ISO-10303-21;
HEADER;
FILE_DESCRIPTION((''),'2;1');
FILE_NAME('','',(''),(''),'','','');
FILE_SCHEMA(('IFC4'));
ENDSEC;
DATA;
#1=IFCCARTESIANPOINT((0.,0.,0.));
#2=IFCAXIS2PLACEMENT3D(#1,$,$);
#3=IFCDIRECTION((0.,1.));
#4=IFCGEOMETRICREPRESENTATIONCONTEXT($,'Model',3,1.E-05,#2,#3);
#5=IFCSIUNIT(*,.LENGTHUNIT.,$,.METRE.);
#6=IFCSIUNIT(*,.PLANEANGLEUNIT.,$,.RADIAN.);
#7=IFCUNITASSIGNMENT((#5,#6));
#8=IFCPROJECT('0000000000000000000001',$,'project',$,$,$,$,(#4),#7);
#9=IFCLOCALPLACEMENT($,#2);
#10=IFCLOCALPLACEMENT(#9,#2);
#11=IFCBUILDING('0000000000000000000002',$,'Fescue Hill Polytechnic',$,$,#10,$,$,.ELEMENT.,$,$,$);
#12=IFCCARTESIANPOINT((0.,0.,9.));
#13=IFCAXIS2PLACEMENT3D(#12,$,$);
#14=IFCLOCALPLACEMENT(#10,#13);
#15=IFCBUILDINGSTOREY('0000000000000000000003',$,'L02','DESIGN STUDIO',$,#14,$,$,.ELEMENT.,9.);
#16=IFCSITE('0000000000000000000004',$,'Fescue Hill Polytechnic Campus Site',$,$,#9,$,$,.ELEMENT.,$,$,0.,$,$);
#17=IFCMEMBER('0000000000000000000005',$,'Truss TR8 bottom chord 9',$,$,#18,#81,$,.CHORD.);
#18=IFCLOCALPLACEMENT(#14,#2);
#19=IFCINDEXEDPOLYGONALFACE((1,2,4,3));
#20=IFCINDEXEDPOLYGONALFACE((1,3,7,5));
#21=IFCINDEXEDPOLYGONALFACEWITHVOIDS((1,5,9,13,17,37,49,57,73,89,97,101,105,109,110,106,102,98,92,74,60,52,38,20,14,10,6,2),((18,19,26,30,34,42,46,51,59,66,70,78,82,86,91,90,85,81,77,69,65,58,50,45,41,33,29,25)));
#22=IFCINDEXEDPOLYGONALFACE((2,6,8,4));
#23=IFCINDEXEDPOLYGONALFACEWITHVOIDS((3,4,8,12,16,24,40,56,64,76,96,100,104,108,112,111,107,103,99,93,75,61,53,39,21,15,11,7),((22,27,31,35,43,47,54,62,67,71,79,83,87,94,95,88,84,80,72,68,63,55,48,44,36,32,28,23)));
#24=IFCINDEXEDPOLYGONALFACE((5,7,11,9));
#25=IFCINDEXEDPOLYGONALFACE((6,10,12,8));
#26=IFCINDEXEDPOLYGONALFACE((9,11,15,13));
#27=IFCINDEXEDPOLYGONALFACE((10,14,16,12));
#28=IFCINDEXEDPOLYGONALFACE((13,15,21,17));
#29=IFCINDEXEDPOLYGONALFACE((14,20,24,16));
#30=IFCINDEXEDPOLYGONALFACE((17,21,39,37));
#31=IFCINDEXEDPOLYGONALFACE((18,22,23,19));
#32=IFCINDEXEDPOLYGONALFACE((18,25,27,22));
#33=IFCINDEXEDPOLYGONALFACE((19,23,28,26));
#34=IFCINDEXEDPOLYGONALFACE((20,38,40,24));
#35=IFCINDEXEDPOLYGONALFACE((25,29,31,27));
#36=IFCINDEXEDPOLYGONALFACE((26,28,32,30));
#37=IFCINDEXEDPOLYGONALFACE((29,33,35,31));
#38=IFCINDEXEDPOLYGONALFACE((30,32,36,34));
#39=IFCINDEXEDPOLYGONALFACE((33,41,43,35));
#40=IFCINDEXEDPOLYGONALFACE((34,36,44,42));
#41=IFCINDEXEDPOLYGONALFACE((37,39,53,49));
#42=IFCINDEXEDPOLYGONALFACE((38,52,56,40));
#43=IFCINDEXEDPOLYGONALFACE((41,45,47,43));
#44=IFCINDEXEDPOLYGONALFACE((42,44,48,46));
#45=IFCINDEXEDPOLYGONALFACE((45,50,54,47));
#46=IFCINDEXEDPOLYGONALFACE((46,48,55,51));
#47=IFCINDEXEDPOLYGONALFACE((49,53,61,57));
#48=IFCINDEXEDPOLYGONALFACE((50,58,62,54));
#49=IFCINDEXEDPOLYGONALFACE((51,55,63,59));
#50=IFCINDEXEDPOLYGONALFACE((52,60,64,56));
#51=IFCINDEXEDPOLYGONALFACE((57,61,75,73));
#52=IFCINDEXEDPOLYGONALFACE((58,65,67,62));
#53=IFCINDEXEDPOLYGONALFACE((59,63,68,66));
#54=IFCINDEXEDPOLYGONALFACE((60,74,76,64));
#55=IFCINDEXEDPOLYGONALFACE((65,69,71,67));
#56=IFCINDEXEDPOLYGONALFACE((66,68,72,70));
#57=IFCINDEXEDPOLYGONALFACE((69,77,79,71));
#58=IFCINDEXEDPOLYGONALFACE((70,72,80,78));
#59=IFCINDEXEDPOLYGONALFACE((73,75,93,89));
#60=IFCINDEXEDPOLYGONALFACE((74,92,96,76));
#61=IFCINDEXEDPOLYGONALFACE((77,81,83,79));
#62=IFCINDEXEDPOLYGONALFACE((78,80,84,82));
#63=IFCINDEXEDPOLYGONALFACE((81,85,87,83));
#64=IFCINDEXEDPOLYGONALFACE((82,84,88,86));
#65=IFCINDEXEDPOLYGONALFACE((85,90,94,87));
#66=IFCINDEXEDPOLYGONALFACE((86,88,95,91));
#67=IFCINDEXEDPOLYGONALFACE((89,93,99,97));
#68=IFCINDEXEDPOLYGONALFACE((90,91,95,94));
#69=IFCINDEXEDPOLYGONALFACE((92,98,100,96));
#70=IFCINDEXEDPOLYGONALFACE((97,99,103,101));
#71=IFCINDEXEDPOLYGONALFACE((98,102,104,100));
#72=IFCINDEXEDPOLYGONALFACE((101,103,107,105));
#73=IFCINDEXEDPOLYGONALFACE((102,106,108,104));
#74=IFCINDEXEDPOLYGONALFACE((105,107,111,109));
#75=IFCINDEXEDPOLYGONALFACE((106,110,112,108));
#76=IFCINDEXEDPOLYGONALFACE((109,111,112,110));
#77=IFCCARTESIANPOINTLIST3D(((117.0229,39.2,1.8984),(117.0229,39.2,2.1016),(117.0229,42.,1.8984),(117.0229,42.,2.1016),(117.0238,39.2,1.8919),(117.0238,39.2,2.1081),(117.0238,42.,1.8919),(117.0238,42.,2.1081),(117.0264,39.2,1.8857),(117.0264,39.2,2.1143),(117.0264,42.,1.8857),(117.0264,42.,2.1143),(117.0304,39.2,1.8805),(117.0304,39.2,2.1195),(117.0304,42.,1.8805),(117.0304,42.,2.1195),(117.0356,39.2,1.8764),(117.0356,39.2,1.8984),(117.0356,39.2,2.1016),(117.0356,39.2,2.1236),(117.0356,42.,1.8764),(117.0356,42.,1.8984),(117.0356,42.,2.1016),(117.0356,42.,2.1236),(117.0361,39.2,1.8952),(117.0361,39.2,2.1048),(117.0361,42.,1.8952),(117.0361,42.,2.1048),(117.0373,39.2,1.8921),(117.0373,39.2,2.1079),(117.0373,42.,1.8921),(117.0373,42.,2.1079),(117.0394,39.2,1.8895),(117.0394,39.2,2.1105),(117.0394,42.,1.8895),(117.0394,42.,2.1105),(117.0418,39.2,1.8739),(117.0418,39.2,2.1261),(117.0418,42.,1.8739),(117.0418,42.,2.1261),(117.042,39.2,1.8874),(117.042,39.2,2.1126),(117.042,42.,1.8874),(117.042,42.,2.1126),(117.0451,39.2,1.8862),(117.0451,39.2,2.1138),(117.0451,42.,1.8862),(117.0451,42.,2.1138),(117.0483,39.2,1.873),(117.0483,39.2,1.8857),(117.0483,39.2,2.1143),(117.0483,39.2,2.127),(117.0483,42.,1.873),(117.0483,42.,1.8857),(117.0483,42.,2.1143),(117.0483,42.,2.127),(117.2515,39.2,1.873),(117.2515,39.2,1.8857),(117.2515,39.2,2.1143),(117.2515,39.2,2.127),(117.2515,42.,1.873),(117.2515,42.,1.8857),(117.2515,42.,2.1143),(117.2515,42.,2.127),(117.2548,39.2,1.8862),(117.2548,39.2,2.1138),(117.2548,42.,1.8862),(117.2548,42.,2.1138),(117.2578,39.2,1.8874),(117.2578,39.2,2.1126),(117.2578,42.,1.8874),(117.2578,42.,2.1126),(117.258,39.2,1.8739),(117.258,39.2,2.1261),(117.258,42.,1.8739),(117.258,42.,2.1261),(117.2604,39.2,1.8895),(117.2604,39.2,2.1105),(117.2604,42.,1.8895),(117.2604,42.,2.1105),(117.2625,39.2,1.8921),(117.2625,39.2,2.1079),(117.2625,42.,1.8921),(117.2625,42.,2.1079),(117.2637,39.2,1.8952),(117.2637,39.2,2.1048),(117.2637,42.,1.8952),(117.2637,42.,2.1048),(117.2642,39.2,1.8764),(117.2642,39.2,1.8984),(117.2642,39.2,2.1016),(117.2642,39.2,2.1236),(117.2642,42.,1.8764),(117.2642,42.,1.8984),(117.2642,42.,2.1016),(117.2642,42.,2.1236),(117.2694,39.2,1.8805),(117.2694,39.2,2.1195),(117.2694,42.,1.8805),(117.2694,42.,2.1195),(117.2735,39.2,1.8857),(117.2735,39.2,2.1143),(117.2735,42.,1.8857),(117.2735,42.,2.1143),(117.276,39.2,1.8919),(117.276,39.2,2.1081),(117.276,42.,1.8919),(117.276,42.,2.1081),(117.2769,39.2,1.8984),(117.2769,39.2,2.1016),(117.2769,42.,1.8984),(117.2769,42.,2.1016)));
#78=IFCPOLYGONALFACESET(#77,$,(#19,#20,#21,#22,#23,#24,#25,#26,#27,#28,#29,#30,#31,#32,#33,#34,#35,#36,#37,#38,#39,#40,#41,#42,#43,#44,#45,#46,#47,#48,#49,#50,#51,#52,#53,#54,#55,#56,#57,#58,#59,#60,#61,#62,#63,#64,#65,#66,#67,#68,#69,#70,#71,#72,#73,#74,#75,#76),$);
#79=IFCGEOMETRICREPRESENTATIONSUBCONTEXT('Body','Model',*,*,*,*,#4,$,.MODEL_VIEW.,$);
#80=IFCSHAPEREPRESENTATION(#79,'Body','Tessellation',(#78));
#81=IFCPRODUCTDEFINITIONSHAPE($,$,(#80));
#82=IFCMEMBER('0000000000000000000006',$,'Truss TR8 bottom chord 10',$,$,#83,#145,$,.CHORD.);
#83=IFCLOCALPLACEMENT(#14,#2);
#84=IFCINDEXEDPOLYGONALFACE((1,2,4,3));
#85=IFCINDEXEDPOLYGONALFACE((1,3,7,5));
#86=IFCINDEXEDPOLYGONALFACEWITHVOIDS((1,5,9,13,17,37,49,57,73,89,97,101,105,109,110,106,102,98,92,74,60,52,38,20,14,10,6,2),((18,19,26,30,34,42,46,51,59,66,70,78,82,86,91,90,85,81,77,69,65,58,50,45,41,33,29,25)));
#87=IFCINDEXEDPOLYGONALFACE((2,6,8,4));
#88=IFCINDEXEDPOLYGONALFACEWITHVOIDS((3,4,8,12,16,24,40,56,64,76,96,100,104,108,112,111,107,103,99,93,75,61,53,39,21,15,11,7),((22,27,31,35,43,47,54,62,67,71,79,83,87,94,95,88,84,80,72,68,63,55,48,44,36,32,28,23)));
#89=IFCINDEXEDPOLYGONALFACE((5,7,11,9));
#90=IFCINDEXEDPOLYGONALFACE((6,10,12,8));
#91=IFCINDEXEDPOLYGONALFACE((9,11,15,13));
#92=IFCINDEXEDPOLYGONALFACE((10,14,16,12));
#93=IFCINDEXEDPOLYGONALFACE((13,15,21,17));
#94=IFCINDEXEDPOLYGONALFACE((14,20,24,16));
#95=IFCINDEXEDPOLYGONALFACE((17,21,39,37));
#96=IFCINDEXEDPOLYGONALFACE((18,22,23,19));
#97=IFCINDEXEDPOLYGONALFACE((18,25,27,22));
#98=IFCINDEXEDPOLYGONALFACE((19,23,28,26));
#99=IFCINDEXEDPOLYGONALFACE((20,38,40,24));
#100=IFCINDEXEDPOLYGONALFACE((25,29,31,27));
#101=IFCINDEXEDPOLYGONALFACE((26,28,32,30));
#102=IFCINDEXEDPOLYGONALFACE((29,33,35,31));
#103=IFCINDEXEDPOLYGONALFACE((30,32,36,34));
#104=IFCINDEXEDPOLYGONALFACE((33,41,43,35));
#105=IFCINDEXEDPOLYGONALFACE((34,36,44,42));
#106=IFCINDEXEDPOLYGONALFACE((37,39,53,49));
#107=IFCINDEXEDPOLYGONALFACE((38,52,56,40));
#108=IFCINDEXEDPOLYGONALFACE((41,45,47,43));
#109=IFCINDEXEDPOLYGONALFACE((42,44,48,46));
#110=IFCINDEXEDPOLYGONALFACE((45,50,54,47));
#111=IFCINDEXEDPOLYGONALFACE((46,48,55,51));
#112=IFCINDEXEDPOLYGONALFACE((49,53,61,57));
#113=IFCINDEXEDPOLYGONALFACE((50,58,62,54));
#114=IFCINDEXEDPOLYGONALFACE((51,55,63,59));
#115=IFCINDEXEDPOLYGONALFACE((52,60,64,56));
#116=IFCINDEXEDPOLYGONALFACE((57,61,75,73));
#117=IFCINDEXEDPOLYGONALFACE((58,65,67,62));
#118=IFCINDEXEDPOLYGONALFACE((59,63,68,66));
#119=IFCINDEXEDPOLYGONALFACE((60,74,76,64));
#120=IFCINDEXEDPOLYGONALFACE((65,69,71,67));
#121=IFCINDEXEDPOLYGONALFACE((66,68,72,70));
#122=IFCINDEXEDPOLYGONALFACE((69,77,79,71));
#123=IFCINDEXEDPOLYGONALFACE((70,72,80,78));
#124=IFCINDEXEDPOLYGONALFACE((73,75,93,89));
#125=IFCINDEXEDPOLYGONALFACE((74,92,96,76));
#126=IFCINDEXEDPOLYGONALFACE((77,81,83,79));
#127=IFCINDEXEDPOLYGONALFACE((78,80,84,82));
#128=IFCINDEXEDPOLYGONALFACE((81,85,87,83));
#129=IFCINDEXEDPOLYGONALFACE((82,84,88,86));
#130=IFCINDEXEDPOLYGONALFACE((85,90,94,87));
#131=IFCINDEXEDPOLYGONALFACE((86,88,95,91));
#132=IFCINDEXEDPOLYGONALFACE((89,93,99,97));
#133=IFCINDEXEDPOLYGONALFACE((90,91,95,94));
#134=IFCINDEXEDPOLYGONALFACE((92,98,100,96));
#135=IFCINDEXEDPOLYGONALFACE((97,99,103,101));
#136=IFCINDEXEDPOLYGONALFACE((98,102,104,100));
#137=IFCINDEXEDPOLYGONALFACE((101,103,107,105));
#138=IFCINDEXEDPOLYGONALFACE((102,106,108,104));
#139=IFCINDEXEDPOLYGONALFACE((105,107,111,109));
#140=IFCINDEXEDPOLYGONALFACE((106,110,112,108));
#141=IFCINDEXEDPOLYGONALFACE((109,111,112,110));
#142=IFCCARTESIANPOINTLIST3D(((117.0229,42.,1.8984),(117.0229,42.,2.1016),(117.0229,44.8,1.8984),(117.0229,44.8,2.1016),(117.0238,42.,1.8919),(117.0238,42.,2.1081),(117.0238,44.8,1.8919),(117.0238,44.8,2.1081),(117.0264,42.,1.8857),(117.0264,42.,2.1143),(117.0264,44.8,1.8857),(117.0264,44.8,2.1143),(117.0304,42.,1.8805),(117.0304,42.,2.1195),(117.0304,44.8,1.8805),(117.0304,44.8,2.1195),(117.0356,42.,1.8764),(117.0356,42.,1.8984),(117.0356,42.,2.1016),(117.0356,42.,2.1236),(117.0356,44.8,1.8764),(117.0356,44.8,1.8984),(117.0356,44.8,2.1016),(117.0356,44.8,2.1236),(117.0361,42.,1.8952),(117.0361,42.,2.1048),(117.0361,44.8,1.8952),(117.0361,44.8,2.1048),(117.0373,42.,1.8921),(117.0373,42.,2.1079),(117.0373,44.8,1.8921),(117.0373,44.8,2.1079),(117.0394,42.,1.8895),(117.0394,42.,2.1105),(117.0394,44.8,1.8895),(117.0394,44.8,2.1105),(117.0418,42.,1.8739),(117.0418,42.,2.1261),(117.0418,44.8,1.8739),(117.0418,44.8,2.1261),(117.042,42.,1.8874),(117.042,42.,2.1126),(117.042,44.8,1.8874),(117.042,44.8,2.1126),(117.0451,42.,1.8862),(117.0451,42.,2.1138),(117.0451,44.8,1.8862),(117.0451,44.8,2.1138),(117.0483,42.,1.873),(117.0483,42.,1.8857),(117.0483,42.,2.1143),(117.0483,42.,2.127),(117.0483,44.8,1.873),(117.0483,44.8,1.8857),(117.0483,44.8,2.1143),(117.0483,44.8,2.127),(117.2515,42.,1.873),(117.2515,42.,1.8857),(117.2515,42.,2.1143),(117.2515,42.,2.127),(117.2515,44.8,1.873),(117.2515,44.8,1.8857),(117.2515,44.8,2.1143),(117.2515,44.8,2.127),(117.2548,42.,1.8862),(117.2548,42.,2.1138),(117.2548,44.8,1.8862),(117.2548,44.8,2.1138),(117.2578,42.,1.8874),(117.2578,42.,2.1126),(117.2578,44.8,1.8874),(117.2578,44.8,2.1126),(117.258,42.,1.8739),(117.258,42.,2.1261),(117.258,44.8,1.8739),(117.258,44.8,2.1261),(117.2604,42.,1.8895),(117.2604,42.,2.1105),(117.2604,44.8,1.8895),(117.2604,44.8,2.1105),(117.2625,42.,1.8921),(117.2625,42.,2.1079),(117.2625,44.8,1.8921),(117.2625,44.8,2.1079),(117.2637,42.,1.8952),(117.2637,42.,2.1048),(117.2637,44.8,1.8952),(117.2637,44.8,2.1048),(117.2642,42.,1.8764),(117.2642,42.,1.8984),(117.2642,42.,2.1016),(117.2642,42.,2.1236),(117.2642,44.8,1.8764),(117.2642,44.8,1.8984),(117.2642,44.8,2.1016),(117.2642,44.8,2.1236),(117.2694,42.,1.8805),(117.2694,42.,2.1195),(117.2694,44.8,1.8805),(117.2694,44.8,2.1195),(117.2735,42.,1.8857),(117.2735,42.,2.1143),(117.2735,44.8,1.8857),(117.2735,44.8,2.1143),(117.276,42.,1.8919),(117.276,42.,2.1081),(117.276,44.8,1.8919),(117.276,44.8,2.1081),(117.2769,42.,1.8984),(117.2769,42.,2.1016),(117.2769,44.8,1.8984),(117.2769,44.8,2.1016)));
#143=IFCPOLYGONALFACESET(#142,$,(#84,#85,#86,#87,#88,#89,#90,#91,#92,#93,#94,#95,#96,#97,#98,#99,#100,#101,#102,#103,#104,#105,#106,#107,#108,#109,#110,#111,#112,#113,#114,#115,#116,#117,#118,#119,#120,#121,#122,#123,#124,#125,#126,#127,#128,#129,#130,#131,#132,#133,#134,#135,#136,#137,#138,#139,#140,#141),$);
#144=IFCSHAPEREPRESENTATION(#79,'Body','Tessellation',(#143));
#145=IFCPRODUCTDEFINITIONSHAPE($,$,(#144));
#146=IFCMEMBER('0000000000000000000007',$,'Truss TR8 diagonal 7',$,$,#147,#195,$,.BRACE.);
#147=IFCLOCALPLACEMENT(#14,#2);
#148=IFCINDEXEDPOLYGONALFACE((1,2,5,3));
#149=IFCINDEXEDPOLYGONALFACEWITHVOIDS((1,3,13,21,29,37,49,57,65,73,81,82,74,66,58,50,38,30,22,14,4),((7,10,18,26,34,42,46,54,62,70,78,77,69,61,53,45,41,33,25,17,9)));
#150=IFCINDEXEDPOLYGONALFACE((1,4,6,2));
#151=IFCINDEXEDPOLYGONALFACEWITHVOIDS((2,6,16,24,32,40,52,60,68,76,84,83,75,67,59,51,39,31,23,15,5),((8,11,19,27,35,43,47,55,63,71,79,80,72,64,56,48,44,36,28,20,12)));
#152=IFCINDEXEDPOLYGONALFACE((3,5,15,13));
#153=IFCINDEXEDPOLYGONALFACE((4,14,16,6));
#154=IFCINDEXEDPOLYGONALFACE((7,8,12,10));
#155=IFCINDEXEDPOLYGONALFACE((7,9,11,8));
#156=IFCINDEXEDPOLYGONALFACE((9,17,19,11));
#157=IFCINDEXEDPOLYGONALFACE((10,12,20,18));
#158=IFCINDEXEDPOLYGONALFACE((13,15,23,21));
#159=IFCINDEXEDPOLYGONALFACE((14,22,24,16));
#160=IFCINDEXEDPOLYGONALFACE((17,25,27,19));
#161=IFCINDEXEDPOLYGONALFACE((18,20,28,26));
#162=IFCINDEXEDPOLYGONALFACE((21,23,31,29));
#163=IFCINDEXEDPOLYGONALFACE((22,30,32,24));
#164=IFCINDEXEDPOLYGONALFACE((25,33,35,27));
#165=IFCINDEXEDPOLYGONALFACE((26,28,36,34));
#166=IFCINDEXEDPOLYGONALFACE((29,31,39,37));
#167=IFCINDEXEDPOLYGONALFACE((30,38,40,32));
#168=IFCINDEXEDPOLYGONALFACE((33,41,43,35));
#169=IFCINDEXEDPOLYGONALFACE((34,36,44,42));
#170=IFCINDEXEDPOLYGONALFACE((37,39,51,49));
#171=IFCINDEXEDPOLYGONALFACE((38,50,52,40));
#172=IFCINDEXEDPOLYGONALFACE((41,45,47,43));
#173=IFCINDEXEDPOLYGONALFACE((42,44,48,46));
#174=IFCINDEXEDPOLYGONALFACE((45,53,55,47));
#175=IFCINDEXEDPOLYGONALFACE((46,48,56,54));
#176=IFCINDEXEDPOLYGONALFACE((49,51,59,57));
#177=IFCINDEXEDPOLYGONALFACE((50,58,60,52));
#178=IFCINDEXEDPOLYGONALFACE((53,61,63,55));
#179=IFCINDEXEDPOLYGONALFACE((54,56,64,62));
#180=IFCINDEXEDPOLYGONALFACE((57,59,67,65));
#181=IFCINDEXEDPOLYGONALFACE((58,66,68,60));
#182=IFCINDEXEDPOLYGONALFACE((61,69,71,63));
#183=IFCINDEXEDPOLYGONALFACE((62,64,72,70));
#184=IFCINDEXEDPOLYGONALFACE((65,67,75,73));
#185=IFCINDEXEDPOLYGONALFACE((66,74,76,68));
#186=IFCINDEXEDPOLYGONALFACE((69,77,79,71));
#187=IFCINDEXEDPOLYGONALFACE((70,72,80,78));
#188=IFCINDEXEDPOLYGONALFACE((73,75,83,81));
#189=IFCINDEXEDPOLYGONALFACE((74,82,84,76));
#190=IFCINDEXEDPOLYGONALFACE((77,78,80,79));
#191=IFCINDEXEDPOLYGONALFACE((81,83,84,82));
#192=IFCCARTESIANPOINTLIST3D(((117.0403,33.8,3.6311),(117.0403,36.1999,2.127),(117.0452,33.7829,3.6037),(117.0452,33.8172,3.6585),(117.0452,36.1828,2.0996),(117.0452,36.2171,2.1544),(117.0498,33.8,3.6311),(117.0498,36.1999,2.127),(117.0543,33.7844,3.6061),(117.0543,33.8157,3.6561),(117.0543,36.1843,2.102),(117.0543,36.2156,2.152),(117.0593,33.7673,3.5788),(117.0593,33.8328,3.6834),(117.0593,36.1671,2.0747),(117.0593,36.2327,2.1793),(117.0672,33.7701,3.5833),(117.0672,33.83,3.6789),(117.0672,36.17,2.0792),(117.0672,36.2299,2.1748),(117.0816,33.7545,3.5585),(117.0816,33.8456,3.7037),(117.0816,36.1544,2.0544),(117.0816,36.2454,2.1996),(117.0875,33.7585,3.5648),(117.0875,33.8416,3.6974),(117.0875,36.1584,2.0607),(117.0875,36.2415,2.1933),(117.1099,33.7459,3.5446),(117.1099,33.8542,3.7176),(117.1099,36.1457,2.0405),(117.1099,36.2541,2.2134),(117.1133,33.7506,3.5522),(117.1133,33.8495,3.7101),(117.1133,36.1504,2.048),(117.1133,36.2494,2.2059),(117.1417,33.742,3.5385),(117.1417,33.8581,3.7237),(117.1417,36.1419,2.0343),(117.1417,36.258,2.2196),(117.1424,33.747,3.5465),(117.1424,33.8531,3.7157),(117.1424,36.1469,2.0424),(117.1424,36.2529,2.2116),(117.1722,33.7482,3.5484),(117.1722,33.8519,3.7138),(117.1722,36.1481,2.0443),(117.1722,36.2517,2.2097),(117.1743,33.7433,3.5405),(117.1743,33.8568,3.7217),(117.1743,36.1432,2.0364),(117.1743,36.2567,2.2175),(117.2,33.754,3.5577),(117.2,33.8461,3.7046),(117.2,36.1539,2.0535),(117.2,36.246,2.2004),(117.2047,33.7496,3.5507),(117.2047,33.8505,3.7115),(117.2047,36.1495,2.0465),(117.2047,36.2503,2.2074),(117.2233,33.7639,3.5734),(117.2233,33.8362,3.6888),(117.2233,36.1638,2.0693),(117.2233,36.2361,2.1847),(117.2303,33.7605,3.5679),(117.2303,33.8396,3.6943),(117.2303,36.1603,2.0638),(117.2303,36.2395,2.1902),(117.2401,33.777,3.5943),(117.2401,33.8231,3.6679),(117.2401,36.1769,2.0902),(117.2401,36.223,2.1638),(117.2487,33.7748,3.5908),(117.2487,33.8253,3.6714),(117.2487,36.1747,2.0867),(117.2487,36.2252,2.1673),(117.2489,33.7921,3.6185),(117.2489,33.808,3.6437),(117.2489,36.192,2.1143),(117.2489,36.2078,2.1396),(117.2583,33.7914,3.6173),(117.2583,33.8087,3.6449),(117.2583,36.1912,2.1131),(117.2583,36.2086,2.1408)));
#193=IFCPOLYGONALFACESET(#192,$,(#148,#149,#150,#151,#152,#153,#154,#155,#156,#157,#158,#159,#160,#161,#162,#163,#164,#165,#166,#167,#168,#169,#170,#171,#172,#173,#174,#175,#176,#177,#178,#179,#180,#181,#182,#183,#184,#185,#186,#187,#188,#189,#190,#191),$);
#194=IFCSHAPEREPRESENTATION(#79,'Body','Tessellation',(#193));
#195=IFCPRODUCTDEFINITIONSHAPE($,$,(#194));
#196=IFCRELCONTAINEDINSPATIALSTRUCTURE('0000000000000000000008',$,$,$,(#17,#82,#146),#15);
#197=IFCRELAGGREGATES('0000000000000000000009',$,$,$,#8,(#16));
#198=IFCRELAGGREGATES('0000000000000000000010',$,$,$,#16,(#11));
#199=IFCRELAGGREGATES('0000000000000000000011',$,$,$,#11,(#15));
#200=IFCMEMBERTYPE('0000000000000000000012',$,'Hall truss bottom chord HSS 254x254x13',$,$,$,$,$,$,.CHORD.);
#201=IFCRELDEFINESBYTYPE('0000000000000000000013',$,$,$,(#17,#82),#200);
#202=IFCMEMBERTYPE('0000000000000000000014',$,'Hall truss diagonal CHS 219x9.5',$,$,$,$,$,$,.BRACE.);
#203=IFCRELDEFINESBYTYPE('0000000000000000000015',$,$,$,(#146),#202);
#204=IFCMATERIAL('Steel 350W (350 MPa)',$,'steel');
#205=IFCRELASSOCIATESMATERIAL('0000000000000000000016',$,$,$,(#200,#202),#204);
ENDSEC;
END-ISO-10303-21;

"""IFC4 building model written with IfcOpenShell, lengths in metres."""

from ifc_helpers import new_model, si_unit, direction, frame, origin, origin_2d, place, context, subcontext, project, spatial, hollow_rectangle, hollow_circle, extrude, material, material_profile, profile_set, type_object, element, save


model = new_model("IFC4")

# Units and contexts
model_context = context("Model", 3, precision=1e-05, world=origin(), true_north=direction((0.0, 1.0)))
body_context = subcontext(model_context, "Body", "Model", "MODEL_VIEW")
ifc_project = project(units=[si_unit("LENGTHUNIT", "METRE"), si_unit("PLANEANGLEUNIT", "RADIAN")], contexts=[model_context])

# Site, building, storey
site_placement = place(None, origin())
site = spatial("IfcSite", under=ifc_project, at=site_placement, Name="Fescue Hill Polytechnic Campus Site", CompositionType="ELEMENT", RefElevation=0.0)
building_placement = place(site_placement, origin())
building = spatial("IfcBuilding", under=site, at=building_placement, Name="Fescue Hill Polytechnic", CompositionType="ELEMENT")
storey_placement = place(building_placement, frame((0.0, 0.0, 9.0)))
storey = spatial("IfcBuildingStorey", under=building, at=storey_placement, Name="L02", Description="DESIGN STUDIO", CompositionType="ELEMENT", Elevation=9.0)

# Members
ifc_material_1 = material(Name="Steel 350W (350 MPa)", Category="steel")
ifc_material_profile_1 = material_profile(ifc_material_1, hollow_rectangle(XDim=0.2539, YDim=0.2539, WallThickness=0.0127, InnerFilletRadius=0.0127, OuterFilletRadius=0.0254, at=origin_2d()), Name="Hall truss bottom chord HSS 254x254x13")
ifc_profile_set_1 = profile_set([ifc_material_profile_1], Name="Steel 350W (350 MPa)")
member_type_1 = type_object("IfcMemberType", Name="Hall truss bottom chord HSS 254x254x13", PredefinedType="CHORD", material=ifc_profile_set_1)
for number, where, z_axis, x_axis, name in (
    (1, (117.1499, 39.2, 2.0), (0.0, 1.0, 0.0), (-1.0, 0.0, 0.0), "Truss TR8 bottom chord 9"),
    (2, (117.1499, 42.0, 2.0), (0.0, 1.0, 0.0), (-1.0, 0.0, 0.0), "Truss TR8 bottom chord 10"),
):
    element("IfcMember", number, at=place(storey_placement, frame(where, z_axis=z_axis, x_axis=x_axis)), inside=storey, type_object=member_type_1, Name=name, PredefinedType="CHORD", context=body_context, shape_type="SweptSolid", body=[
        extrude(hollow_rectangle(XDim=0.2539, YDim=0.2539, WallThickness=0.0127, InnerFilletRadius=0.0127, OuterFilletRadius=0.0254, at=origin_2d()), origin(), (0.0, 0.0, 1.0), 2.8),
    ])
ifc_material_profile_2 = material_profile(ifc_material_1, hollow_circle(Radius=0.1096, WallThickness=0.0095, at=origin_2d()), Name="Hall truss diagonal CHS 219x9.5")
ifc_profile_set_2 = profile_set([ifc_material_profile_2], Name="Steel 350W (350 MPa)")
member_type_2 = type_object("IfcMemberType", Name="Hall truss diagonal CHS 219x9.5", PredefinedType="BRACE", material=ifc_profile_set_2)
for number, where, z_axis, x_axis, name in (
    (3, (117.1499, 33.8, 3.6311), (0.0, 0.847329, -0.531068), (-1.0, 0.0, 0.0), "Truss TR8 diagonal 7"),
):
    element("IfcMember", number, at=place(storey_placement, frame(where, z_axis=z_axis, x_axis=x_axis)), inside=storey, type_object=member_type_2, Name=name, PredefinedType="BRACE", context=body_context, shape_type="SweptSolid", body=[
        extrude(hollow_circle(Radius=0.1096, WallThickness=0.0095, at=origin_2d()), origin(), (0.0, 0.0, 1.0), 2.8323),
    ])

save(model, "model.ifc")
